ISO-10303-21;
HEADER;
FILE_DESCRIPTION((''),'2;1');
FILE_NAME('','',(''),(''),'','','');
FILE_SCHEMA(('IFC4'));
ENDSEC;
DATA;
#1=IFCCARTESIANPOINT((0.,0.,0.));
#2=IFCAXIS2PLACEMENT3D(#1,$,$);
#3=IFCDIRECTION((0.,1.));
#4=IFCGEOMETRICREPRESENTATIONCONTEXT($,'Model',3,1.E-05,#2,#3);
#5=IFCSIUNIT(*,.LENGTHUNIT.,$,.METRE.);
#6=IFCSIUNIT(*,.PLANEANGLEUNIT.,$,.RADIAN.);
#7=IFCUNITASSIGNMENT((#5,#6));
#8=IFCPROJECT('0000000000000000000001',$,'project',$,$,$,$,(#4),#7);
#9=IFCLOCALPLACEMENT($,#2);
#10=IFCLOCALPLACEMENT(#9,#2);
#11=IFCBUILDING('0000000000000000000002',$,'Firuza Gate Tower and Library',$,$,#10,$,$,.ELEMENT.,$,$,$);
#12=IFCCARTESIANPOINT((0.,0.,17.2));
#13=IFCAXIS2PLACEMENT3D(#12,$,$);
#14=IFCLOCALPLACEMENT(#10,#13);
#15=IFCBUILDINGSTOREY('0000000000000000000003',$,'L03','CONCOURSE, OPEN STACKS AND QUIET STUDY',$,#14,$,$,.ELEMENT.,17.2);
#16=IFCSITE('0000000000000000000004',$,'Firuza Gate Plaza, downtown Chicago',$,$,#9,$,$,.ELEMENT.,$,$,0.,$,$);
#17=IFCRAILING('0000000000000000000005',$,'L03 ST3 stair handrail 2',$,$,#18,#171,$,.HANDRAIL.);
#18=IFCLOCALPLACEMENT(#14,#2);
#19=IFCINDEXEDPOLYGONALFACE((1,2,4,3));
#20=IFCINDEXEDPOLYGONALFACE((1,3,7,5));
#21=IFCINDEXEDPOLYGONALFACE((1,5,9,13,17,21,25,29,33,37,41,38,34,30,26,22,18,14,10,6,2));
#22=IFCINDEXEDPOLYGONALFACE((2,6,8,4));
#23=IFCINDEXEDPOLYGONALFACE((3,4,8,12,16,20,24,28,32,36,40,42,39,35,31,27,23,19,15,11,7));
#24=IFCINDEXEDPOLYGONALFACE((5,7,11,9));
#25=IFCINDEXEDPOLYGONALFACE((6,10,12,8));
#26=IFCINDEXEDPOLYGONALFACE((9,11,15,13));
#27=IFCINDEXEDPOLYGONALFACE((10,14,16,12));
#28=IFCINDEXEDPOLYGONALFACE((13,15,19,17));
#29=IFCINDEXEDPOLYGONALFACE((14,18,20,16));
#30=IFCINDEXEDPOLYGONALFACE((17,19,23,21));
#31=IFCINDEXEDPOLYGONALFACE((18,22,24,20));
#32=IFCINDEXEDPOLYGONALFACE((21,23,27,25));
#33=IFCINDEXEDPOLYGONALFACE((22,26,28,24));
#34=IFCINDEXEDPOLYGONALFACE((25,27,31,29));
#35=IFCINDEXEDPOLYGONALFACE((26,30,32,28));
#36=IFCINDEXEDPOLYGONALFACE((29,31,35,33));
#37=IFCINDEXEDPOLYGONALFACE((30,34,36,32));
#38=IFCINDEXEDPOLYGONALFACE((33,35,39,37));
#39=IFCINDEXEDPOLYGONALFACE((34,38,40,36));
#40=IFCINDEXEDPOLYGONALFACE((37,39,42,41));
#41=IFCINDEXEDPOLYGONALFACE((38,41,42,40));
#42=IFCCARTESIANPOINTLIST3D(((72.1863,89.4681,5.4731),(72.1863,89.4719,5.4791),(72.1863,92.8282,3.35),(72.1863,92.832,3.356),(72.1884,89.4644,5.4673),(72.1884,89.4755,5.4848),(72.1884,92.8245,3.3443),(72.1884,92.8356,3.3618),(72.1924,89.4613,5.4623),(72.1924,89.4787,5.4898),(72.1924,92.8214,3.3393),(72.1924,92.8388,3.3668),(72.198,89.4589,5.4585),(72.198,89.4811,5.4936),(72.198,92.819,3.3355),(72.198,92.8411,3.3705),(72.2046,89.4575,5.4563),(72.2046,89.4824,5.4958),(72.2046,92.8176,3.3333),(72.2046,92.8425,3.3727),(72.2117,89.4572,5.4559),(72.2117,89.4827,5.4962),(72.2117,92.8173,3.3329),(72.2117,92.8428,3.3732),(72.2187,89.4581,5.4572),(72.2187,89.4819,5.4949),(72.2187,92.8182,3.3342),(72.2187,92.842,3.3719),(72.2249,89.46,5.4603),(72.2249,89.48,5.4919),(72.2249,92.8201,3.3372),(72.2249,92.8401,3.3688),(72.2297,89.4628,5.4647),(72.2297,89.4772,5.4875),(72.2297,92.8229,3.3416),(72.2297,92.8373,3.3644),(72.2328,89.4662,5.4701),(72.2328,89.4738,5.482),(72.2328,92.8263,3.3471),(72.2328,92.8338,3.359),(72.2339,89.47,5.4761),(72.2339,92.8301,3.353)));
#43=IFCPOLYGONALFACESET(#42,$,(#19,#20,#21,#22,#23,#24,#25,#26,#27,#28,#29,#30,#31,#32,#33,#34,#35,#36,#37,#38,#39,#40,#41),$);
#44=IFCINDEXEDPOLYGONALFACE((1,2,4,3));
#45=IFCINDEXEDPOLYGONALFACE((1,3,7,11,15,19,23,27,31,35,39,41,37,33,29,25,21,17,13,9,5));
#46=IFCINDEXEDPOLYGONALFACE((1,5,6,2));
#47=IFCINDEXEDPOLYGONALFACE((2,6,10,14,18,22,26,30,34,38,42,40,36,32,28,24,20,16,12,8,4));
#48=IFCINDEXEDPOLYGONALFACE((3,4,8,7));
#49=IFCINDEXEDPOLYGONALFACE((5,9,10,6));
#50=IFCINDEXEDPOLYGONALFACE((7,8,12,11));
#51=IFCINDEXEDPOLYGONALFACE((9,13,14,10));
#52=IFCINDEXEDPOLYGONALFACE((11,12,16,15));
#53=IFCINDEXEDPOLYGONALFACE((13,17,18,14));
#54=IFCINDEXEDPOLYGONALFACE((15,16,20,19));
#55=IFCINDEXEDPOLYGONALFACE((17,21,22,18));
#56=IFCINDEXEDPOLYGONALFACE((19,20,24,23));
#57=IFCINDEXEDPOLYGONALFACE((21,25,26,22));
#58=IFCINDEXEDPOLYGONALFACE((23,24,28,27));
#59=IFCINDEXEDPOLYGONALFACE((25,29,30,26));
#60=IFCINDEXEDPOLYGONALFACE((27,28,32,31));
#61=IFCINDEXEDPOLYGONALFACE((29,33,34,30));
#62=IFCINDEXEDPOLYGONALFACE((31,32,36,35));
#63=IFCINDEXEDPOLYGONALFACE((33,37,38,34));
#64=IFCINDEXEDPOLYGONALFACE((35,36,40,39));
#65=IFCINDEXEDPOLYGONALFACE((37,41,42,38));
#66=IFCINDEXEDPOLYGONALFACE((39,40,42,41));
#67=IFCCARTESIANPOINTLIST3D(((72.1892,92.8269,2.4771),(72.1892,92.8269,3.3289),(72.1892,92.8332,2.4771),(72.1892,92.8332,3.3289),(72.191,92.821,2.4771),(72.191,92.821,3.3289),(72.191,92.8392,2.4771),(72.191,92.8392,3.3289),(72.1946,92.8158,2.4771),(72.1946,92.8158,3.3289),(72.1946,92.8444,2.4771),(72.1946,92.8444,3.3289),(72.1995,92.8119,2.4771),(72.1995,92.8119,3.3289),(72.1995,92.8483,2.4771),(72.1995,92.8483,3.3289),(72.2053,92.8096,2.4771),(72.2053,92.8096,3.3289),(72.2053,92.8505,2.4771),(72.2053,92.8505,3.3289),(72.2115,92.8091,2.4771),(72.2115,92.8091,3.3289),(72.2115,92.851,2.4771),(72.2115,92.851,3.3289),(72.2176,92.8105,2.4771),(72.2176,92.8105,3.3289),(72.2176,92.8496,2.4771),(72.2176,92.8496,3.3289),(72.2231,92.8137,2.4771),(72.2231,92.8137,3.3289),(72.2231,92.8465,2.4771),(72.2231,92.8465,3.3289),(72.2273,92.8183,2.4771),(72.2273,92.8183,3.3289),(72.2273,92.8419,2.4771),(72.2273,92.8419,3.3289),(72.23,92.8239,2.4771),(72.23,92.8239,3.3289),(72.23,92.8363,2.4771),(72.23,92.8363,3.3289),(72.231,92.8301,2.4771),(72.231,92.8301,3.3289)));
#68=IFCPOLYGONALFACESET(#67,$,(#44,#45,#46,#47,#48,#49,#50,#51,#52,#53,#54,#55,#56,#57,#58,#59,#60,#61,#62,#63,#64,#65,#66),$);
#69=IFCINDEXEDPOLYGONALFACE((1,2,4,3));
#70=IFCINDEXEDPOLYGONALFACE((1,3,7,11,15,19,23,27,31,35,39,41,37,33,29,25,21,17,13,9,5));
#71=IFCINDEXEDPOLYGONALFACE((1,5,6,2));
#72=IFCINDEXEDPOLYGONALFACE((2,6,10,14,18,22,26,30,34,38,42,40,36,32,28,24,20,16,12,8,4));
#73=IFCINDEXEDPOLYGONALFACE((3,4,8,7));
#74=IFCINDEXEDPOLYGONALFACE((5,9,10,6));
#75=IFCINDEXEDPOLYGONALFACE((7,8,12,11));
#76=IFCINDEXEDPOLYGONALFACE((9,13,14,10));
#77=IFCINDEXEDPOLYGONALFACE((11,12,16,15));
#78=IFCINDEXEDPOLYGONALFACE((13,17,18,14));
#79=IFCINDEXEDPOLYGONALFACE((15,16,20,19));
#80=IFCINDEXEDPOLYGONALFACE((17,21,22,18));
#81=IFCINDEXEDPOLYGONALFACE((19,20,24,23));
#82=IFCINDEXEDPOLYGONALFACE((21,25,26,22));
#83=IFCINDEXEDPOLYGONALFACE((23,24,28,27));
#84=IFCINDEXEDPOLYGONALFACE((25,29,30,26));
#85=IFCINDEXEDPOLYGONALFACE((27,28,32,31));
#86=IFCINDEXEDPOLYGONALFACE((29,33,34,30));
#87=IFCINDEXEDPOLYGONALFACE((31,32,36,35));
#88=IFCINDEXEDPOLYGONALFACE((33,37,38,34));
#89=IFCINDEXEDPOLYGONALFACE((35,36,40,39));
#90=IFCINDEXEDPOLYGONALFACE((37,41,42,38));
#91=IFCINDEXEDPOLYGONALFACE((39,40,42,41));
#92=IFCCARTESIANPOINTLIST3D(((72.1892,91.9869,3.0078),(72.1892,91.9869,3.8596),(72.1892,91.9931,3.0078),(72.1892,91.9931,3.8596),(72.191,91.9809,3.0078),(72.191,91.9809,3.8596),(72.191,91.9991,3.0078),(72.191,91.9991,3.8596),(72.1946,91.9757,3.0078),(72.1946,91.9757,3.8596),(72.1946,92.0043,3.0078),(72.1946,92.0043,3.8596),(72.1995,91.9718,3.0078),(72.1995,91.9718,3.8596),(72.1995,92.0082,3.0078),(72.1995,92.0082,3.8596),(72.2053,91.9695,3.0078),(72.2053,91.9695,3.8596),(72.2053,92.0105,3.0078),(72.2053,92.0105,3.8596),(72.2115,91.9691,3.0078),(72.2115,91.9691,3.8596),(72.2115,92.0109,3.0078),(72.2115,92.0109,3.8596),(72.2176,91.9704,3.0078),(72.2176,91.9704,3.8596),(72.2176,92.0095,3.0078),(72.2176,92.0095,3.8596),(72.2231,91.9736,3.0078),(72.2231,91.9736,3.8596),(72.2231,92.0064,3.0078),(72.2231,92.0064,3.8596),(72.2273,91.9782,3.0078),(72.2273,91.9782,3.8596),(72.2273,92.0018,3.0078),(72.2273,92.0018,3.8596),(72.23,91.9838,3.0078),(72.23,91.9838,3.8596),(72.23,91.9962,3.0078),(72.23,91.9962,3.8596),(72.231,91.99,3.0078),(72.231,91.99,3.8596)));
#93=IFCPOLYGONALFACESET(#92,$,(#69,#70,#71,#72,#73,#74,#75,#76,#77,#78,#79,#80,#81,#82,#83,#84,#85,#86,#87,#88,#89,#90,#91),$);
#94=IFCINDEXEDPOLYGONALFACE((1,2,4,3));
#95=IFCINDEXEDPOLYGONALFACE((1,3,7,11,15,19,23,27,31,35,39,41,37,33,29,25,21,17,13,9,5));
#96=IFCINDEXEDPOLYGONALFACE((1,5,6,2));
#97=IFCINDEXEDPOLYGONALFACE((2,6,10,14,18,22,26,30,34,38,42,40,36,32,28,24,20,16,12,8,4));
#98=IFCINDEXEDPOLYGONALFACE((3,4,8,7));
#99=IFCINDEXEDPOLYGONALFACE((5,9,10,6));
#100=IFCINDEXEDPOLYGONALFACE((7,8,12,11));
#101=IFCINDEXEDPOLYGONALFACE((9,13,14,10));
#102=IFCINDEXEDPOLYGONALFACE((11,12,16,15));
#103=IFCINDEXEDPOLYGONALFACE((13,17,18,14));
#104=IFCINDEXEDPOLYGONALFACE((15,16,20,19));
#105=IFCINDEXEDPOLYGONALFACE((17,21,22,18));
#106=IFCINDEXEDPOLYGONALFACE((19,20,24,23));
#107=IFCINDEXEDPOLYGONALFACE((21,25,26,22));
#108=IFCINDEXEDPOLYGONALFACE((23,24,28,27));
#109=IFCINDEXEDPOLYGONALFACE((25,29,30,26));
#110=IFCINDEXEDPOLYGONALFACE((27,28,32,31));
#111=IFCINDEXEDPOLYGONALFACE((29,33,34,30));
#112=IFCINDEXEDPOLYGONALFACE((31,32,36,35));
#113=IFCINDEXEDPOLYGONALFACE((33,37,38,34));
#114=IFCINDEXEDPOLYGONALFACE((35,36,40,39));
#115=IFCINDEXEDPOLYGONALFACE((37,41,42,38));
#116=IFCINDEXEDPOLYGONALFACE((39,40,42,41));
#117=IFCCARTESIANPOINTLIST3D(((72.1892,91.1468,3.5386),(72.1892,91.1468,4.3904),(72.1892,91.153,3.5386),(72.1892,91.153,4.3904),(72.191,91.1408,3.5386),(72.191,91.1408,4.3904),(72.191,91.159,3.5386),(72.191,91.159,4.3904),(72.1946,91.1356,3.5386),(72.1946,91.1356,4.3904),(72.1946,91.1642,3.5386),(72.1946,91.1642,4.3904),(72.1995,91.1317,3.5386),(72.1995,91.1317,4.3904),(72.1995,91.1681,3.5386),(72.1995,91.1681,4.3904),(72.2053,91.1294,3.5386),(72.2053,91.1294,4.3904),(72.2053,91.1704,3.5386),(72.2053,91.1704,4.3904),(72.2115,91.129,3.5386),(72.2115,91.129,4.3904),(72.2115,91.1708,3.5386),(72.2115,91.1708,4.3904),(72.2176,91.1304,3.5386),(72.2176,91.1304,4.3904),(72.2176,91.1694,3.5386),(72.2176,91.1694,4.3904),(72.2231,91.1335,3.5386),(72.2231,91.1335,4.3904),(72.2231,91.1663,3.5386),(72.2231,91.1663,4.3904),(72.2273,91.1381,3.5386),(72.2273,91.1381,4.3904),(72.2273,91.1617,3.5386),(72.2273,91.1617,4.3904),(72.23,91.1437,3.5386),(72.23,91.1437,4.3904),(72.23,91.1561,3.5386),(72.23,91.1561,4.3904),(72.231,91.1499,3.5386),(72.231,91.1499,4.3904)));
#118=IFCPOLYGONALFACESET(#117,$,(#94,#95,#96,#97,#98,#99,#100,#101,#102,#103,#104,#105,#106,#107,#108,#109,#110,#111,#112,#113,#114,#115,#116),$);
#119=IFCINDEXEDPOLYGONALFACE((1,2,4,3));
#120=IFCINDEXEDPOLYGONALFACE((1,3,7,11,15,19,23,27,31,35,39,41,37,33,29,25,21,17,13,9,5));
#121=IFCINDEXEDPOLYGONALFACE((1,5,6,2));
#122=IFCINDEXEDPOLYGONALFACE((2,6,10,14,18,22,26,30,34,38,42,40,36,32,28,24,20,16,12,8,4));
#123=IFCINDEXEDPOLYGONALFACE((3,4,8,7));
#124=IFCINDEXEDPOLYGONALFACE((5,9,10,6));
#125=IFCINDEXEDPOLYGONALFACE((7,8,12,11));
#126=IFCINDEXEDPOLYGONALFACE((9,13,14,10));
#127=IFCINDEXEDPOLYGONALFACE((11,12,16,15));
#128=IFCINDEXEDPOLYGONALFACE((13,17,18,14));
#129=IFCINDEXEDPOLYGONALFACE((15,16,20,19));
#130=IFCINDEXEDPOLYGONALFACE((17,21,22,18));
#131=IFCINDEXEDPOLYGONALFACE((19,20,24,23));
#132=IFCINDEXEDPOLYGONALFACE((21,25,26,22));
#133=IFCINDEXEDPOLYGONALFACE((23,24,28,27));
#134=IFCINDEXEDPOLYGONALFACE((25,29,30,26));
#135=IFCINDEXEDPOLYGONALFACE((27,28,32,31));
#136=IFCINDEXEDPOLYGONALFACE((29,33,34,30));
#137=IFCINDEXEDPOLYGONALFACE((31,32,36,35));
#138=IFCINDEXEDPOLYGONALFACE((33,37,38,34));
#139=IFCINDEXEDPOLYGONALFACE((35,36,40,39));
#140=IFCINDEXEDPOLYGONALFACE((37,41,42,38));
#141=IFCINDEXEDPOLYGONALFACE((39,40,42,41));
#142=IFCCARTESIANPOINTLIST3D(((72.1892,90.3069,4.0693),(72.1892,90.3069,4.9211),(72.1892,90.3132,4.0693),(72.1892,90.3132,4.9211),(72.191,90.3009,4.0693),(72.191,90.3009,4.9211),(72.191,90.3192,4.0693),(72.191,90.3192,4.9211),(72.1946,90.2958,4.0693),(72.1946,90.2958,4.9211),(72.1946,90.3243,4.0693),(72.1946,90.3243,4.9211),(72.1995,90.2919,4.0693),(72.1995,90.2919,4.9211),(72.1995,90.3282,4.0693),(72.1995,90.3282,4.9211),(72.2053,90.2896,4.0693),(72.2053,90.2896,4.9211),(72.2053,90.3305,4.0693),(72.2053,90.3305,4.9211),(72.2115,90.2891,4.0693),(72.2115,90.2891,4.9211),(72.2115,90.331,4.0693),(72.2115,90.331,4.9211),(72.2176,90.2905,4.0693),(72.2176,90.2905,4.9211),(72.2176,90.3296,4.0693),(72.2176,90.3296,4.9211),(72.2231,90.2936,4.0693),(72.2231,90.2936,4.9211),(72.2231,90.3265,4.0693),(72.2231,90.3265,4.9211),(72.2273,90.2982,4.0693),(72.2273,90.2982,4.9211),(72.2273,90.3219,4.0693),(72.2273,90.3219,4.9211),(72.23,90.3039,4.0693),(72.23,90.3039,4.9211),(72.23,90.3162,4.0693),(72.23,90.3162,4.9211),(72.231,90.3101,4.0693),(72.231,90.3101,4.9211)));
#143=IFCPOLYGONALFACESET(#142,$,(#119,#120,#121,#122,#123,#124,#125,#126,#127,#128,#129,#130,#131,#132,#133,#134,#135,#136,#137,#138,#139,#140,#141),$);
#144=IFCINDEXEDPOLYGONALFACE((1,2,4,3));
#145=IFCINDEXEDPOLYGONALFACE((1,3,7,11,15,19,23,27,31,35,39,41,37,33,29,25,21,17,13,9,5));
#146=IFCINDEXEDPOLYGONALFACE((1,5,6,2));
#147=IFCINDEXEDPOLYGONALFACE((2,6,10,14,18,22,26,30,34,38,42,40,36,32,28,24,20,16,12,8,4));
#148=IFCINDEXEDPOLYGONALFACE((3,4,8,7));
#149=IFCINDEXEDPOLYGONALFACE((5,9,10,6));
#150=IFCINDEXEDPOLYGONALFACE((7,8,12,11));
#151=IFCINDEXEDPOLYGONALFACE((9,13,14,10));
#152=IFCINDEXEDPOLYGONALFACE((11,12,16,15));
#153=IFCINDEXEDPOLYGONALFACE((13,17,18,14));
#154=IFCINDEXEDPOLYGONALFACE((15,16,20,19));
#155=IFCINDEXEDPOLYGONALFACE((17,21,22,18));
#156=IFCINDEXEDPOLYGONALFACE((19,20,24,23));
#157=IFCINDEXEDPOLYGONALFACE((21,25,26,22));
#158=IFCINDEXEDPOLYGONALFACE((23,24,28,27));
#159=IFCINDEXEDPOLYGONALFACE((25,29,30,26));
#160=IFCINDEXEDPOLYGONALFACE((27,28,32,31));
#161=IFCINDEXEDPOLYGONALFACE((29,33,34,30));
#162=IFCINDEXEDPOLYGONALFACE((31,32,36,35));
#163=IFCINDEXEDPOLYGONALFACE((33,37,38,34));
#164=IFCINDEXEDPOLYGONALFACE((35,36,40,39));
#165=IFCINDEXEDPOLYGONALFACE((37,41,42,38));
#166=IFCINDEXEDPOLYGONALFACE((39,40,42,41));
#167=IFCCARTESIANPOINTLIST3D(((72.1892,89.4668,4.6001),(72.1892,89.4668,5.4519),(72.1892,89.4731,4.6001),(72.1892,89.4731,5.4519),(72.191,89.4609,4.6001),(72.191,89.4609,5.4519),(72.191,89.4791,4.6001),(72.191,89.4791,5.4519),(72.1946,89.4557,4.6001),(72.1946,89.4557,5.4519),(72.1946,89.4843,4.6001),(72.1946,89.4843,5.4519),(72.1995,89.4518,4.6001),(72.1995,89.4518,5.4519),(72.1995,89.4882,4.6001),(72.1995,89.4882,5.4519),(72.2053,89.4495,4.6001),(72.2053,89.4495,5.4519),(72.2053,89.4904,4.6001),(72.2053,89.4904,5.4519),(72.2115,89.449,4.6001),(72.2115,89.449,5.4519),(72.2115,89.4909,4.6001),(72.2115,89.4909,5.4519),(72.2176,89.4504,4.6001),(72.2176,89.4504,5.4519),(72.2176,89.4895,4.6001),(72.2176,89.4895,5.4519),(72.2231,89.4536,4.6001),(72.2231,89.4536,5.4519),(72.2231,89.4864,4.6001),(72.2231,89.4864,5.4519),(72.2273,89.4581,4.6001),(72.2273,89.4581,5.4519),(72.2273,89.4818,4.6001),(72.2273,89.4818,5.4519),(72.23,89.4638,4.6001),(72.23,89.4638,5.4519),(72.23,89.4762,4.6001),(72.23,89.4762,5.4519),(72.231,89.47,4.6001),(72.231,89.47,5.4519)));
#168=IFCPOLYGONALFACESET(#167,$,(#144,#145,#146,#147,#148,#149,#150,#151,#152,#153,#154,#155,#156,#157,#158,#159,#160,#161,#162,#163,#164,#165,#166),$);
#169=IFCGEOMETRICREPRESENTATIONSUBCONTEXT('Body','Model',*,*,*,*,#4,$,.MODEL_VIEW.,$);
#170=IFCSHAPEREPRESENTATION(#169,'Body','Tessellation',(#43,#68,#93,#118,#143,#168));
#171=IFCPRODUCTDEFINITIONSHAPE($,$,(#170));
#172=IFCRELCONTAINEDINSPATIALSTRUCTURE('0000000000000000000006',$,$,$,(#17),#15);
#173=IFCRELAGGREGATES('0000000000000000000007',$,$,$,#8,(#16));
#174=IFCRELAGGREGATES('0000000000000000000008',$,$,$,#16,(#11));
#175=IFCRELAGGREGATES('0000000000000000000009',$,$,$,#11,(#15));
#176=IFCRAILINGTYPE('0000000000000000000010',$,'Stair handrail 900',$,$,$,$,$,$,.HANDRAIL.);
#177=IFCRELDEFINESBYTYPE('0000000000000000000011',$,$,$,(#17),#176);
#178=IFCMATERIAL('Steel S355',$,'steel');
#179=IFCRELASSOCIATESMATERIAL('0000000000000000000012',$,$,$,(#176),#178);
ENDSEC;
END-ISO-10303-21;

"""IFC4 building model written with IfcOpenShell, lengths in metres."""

from ifc_helpers import new_model, si_unit, direction, frame, origin, origin_2d, place, context, subcontext, project, spatial, circle, extrude, material, type_object, element, save


model = new_model("IFC4")

# Units and contexts
model_context = context("Model", 3, precision=1e-05, world=origin(), true_north=direction((0.0, 1.0)))
body_context = subcontext(model_context, "Body", "Model", "MODEL_VIEW")
ifc_project = project(units=[si_unit("LENGTHUNIT", "METRE"), si_unit("PLANEANGLEUNIT", "RADIAN")], contexts=[model_context])

# Site, building, storey
site_placement = place(None, origin())
site = spatial("IfcSite", under=ifc_project, at=site_placement, Name="Firuza Gate Plaza, downtown Chicago", CompositionType="ELEMENT", RefElevation=0.0)
building_placement = place(site_placement, origin())
building = spatial("IfcBuilding", under=site, at=building_placement, Name="Firuza Gate Tower and Library", CompositionType="ELEMENT")
storey_placement = place(building_placement, frame((0.0, 0.0, 17.2)))
storey = spatial("IfcBuildingStorey", under=building, at=storey_placement, Name="L03", Description="CONCOURSE, OPEN STACKS AND QUIET STUDY", CompositionType="ELEMENT", Elevation=17.2)

# Railing
ifc_material_1 = material(Name="Steel S355", Category="steel")
railing_type = type_object("IfcRailingType", Name="Stair handrail 900", PredefinedType="HANDRAIL", material=ifc_material_1)
railing_placement = place(storey_placement, frame((72.21, 92.8301, 2.4771)))
element("IfcRailing", 1, at=railing_placement, inside=storey, type_object=railing_type, Name="L03 ST3 stair handrail 2", PredefinedType="HANDRAIL", context=body_context, shape_type="SweptSolid", body=[
    extrude(circle(Radius=0.0239, at=origin_2d()), frame((0.0, 0.0, 0.876), z_axis=(0.0, -0.84539, 0.53415), x_axis=(1.0, 0.0, 0.0)), (0.0, 0.0, 1.0), 3.9746),
    extrude(circle(Radius=0.021, at=origin_2d()), origin(), (0.0, 0.0, 1.0), 0.8518),
    extrude(circle(Radius=0.021, at=origin_2d()), frame((0.0, -0.8401, 0.5308)), (0.0, 0.0, 1.0), 0.8518),
    extrude(circle(Radius=0.021, at=origin_2d()), frame((0.0, -1.6802, 1.0615)), (0.0, 0.0, 1.0), 0.8518),
    extrude(circle(Radius=0.021, at=origin_2d()), frame((0.0, -2.52, 1.5923)), (0.0, 0.0, 1.0), 0.8518),
    extrude(circle(Radius=0.021, at=origin_2d()), frame((0.0, -3.3601, 2.123)), (0.0, 0.0, 1.0), 0.8518),
])

save(model, "model.ifc")
